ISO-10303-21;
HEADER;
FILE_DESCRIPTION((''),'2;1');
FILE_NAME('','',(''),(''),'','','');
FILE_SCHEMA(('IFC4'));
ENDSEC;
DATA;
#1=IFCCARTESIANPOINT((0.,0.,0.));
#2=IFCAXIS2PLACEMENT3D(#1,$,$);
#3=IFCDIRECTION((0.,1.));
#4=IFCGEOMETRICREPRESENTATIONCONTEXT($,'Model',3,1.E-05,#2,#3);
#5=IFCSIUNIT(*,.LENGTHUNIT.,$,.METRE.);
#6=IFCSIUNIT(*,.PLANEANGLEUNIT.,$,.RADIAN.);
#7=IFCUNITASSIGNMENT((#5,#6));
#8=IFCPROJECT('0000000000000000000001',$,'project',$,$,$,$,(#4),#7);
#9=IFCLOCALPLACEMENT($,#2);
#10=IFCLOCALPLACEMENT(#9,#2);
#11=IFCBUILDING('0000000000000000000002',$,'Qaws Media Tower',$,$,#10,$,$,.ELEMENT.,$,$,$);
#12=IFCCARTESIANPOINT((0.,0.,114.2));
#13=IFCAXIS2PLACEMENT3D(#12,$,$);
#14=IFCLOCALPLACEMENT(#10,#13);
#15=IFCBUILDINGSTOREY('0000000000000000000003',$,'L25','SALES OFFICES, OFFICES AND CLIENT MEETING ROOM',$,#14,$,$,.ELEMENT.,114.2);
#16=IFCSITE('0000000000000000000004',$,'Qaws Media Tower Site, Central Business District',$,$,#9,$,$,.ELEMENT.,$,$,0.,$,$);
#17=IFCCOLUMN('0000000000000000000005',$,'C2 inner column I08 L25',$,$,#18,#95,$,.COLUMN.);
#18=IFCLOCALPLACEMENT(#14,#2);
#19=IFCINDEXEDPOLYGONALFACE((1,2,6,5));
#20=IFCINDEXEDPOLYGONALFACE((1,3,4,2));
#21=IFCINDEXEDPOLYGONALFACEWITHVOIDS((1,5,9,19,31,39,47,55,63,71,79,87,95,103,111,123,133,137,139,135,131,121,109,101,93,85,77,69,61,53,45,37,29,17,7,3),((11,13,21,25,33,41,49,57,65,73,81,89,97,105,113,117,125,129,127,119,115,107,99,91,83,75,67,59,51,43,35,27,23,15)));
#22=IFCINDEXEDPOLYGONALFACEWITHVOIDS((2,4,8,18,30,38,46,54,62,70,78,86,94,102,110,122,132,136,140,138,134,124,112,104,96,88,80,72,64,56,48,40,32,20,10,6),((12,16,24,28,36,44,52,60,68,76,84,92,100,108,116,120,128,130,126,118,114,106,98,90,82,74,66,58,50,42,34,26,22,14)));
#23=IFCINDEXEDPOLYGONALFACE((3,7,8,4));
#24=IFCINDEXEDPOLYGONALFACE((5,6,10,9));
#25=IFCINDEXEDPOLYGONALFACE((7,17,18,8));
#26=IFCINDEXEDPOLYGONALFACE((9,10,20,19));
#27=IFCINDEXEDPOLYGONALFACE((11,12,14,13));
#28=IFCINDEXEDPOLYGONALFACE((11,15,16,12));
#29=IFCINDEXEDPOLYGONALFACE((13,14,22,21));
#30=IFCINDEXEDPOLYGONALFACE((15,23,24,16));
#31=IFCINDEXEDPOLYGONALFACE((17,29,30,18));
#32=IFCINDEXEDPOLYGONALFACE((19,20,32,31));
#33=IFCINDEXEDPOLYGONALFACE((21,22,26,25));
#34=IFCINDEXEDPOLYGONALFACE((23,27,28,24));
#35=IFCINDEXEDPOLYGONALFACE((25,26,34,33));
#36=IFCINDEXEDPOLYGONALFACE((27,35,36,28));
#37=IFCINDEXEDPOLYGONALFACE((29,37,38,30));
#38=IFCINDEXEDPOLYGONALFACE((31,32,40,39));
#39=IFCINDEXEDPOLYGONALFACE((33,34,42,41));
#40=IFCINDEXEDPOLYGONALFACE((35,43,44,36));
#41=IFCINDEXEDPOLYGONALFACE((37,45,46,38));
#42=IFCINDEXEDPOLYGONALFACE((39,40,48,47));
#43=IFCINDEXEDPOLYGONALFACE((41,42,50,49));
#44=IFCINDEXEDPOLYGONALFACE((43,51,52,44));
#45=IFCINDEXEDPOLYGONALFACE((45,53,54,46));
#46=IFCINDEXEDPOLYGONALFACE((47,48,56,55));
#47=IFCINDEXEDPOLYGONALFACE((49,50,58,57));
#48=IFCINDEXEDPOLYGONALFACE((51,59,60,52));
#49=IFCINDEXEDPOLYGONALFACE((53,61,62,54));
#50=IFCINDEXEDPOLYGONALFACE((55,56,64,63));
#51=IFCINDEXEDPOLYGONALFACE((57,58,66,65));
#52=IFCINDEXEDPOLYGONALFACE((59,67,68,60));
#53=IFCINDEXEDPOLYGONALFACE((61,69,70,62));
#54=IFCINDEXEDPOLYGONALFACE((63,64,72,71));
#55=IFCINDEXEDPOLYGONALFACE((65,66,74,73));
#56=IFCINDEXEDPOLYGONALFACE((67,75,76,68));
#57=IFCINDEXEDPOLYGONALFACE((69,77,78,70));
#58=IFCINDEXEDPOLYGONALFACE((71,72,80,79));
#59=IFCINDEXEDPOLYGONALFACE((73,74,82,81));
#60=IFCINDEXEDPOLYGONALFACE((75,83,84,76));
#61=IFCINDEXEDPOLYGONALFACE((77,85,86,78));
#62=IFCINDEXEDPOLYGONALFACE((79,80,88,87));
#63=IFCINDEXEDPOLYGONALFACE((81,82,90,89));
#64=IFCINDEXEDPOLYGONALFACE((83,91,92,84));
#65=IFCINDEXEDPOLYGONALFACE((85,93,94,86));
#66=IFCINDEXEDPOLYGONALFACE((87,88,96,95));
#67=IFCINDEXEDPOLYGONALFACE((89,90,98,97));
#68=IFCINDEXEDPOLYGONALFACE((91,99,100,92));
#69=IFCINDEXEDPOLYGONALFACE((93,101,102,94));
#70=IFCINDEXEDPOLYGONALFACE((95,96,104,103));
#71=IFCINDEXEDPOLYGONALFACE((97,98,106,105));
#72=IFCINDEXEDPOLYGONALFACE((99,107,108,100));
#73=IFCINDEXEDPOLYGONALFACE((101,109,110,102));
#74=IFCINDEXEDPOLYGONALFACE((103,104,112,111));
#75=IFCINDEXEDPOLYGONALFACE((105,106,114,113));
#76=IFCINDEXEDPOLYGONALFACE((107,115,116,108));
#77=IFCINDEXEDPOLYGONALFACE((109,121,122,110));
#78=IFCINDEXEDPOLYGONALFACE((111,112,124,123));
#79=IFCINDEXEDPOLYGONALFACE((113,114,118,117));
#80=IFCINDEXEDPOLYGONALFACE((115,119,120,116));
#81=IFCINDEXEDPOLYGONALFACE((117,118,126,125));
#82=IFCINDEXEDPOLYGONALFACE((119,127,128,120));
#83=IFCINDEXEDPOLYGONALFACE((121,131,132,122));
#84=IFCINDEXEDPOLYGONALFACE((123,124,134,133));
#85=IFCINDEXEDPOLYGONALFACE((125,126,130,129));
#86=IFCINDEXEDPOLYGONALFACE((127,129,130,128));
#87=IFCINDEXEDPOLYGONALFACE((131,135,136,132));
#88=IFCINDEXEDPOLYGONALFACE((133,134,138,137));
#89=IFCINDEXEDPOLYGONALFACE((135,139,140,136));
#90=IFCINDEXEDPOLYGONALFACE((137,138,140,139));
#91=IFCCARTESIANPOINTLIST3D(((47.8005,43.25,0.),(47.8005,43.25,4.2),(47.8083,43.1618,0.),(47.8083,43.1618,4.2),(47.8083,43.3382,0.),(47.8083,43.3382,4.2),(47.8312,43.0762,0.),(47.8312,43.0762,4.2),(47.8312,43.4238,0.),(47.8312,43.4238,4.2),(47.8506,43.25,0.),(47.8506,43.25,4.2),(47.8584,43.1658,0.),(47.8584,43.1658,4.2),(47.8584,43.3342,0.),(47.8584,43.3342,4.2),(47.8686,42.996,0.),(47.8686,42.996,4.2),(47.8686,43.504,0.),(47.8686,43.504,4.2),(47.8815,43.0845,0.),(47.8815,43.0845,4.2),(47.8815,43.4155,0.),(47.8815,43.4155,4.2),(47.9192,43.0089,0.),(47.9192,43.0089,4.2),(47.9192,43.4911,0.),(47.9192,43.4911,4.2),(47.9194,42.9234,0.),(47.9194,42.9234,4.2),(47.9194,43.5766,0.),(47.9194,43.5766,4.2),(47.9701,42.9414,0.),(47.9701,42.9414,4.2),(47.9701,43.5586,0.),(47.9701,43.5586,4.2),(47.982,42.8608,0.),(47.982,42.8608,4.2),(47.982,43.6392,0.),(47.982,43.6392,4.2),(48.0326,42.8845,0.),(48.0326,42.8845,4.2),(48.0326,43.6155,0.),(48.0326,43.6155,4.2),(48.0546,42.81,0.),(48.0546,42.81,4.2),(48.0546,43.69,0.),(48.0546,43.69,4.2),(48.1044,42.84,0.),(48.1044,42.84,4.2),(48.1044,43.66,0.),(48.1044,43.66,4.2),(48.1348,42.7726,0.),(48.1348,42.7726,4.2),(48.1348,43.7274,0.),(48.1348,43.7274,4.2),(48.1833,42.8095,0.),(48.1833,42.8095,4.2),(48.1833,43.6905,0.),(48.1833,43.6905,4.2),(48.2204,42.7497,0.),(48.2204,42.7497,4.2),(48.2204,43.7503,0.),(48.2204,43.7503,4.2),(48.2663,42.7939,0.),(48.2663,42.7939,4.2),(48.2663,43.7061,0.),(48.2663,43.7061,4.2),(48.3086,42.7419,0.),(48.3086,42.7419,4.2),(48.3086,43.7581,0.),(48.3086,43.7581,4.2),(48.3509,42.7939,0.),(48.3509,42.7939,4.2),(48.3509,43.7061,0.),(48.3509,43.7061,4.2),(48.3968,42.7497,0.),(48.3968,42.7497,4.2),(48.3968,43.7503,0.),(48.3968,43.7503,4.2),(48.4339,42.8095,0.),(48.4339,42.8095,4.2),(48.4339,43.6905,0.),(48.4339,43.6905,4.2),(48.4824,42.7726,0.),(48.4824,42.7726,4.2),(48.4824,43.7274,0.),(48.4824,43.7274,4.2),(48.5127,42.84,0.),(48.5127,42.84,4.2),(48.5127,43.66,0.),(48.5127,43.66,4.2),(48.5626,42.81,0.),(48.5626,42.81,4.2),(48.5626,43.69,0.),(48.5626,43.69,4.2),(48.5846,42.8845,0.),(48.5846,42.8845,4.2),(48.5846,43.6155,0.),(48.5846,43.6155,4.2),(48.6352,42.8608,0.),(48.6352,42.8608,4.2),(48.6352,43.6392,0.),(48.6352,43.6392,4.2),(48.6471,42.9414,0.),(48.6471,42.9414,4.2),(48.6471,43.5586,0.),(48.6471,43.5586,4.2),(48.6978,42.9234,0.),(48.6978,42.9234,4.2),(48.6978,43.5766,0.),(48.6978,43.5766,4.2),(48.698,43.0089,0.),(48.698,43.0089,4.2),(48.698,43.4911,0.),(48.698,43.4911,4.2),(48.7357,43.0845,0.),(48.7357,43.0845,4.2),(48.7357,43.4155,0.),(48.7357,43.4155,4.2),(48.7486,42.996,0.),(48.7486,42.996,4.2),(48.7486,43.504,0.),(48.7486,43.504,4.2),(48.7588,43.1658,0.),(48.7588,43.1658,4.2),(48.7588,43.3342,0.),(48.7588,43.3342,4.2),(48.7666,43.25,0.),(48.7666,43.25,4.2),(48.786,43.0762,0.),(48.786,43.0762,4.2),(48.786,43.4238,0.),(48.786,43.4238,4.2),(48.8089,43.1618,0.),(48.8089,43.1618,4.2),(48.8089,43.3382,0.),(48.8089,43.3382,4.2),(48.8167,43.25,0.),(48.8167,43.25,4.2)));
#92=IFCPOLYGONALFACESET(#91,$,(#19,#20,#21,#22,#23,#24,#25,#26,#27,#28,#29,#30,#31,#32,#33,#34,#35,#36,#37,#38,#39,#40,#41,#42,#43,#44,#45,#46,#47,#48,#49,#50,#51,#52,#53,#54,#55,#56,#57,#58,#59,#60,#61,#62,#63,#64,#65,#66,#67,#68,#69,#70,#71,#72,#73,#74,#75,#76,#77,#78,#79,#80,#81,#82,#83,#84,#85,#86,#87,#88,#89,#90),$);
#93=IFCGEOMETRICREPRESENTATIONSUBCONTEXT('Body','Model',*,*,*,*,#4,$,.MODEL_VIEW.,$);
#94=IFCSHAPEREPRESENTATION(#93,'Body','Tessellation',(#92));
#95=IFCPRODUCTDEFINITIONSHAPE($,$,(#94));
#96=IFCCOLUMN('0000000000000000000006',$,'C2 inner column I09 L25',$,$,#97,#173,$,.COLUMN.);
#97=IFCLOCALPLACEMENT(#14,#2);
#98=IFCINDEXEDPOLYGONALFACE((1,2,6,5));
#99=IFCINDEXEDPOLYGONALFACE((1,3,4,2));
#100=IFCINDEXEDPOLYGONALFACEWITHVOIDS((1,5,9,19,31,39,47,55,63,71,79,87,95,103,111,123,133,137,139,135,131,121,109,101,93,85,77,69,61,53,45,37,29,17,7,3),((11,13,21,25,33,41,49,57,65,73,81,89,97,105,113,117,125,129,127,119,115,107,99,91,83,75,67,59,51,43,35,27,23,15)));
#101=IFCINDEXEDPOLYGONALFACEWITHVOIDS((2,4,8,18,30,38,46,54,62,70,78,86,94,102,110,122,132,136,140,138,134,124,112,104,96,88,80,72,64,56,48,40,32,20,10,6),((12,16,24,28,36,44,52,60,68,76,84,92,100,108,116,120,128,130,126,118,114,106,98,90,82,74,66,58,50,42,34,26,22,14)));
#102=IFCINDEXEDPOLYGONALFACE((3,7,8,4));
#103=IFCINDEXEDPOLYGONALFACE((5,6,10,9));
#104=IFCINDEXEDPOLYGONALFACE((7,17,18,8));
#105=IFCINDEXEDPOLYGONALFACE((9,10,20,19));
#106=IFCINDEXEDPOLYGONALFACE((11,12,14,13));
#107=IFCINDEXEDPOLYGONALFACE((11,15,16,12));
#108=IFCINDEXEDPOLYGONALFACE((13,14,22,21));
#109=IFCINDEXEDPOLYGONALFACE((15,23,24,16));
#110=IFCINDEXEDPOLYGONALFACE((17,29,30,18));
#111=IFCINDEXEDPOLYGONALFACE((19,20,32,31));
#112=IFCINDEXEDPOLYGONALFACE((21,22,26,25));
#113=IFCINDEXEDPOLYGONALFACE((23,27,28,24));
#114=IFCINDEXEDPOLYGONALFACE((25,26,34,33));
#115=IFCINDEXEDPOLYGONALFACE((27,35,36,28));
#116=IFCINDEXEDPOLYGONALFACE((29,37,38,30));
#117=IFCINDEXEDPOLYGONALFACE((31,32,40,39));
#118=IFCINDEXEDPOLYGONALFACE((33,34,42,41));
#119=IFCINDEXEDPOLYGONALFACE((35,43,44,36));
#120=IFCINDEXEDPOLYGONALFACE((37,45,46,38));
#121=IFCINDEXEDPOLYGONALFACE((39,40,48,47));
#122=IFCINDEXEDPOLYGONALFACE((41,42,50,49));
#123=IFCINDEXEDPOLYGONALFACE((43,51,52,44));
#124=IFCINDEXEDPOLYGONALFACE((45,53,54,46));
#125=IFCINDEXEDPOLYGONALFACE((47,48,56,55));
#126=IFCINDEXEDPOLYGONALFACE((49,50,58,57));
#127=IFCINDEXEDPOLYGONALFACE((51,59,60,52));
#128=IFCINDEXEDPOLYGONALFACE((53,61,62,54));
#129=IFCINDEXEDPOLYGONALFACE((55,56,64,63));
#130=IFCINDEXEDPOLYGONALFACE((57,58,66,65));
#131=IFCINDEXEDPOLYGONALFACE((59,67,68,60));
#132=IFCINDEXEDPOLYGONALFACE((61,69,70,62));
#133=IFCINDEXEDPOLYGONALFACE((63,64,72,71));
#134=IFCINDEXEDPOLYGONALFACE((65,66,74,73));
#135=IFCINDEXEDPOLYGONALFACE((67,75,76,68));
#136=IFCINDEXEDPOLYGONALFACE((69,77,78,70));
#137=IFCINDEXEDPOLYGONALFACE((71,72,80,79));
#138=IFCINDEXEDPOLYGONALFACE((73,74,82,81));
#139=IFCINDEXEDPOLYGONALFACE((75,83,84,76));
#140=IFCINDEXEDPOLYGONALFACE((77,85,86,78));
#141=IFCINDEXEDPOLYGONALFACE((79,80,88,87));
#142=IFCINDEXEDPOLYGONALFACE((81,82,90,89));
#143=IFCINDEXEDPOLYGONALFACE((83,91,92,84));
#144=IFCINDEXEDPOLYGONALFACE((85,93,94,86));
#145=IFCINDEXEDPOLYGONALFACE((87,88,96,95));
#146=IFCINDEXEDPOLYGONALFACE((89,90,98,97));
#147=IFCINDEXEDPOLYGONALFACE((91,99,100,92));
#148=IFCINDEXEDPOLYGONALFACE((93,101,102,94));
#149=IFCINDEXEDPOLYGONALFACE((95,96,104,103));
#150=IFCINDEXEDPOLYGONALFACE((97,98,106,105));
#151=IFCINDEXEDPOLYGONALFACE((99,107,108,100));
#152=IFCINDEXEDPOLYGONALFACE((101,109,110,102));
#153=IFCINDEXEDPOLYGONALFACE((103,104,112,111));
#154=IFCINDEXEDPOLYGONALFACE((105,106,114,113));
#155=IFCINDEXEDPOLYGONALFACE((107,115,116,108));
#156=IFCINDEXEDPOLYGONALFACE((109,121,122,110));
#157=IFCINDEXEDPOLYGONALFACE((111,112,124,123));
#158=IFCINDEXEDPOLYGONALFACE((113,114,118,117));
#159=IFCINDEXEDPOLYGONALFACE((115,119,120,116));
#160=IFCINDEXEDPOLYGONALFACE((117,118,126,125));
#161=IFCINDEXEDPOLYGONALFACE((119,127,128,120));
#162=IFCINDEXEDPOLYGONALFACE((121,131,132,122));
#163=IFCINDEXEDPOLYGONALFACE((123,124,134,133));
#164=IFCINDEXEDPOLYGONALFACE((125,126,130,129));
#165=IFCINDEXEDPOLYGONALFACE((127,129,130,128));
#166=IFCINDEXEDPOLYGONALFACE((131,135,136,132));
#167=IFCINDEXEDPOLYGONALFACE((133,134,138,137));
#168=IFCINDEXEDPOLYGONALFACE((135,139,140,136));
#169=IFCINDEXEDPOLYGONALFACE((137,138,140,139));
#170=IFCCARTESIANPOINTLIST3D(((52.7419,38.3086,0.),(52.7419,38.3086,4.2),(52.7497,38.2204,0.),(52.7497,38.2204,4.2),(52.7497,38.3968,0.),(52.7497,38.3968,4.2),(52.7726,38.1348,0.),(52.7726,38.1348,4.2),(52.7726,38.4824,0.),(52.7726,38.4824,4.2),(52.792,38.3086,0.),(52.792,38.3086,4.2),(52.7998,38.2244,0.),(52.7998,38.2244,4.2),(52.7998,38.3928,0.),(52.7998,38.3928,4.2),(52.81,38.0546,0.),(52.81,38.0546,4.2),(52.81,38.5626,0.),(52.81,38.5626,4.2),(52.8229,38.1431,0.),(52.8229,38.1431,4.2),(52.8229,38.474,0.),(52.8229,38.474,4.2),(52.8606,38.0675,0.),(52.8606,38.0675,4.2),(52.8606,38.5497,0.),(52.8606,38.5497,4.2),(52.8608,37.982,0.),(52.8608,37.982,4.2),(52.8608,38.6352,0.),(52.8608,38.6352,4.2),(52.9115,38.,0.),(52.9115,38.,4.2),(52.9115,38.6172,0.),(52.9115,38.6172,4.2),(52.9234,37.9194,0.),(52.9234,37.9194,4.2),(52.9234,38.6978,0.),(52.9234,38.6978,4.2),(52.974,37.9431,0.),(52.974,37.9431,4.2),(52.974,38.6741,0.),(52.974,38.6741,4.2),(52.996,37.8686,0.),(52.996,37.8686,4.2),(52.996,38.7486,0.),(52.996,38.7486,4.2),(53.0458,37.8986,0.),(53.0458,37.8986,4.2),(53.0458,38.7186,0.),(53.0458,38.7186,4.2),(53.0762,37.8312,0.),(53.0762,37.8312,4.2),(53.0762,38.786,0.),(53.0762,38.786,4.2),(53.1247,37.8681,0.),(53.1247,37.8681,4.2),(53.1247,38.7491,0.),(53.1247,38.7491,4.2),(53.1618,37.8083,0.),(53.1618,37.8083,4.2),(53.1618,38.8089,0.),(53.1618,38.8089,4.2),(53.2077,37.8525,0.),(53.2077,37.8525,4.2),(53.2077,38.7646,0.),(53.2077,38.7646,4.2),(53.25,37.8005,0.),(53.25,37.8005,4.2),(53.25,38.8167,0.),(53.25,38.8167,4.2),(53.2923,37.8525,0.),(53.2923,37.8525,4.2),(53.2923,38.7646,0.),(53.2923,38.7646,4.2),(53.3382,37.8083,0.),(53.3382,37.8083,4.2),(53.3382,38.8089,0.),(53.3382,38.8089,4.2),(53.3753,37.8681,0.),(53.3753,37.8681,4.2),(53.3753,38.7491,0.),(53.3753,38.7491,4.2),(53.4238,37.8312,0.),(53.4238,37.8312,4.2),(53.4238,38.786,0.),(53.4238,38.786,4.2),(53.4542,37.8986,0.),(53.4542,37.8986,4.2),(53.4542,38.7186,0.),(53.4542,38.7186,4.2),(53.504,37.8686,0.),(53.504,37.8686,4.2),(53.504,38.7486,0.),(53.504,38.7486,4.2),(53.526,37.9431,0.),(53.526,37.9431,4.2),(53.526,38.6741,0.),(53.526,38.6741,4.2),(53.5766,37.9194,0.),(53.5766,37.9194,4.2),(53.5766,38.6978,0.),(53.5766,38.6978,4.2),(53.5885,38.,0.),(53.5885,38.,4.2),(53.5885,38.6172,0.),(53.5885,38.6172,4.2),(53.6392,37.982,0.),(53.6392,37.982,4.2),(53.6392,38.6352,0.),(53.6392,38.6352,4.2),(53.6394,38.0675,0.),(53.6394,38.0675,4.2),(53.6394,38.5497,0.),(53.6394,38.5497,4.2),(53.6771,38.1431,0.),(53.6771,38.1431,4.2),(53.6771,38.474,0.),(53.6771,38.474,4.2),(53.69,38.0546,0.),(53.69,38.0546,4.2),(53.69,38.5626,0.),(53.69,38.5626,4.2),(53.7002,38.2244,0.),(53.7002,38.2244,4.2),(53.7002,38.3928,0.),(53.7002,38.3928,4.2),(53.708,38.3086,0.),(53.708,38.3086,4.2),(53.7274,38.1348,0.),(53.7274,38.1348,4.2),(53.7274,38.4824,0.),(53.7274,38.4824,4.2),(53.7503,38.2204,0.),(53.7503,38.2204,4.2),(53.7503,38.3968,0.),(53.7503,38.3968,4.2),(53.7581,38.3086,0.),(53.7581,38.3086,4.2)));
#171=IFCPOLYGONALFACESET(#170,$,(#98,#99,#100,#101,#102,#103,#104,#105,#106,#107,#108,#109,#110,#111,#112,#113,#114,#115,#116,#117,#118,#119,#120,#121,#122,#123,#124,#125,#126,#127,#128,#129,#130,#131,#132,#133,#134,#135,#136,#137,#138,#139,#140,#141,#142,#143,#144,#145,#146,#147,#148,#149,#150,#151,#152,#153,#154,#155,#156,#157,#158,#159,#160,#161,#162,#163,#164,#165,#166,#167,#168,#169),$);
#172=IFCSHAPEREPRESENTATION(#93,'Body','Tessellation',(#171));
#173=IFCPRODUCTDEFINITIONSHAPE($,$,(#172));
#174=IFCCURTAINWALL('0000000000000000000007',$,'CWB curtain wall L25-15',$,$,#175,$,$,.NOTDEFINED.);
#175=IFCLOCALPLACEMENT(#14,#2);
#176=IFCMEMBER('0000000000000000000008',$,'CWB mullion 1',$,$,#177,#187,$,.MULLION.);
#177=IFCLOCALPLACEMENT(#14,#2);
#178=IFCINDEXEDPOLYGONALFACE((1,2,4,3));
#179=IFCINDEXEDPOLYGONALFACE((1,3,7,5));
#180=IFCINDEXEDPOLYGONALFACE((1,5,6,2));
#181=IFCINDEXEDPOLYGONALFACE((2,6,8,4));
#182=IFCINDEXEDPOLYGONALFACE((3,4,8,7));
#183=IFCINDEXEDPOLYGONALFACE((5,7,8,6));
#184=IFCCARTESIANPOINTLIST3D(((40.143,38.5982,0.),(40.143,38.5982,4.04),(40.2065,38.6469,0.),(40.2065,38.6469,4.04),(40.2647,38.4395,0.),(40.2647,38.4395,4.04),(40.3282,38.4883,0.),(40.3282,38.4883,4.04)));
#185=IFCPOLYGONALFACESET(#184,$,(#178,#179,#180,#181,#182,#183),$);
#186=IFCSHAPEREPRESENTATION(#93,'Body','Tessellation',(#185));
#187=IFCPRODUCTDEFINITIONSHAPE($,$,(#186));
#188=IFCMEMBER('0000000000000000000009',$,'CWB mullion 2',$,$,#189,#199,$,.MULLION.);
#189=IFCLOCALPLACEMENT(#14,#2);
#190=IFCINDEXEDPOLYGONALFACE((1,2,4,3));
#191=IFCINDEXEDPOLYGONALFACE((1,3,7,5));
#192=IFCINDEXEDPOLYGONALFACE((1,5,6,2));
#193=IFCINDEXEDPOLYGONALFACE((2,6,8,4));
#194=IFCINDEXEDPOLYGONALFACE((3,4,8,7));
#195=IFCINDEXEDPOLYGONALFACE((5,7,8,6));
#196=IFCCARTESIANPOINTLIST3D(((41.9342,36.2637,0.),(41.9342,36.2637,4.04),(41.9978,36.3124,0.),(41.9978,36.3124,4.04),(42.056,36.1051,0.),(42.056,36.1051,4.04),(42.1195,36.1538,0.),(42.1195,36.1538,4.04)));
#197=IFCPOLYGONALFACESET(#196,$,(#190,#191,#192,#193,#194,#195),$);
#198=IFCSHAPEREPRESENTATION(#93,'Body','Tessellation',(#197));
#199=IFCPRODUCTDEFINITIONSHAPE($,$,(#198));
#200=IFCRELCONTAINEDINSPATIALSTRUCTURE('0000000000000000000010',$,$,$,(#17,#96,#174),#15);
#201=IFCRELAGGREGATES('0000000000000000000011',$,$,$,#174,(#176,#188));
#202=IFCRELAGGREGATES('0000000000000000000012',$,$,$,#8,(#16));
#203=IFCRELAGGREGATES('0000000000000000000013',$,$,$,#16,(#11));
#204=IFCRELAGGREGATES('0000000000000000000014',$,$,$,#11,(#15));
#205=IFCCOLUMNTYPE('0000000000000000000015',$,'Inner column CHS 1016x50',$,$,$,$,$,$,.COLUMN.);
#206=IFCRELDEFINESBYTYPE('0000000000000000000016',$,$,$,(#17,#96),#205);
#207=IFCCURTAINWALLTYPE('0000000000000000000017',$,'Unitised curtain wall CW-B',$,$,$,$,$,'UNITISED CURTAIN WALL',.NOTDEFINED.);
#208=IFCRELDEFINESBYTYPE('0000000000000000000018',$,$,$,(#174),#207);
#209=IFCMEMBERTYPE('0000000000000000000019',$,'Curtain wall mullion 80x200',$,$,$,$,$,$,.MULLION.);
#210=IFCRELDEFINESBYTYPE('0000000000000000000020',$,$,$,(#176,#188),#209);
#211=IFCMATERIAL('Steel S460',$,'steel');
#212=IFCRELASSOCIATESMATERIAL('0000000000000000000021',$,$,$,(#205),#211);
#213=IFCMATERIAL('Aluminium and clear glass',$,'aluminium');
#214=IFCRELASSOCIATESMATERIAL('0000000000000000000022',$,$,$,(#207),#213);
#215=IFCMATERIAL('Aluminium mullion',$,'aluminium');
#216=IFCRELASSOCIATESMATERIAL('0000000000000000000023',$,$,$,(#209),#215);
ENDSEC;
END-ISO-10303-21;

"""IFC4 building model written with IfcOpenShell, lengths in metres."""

from ifc_helpers import new_model, si_unit, direction, frame, origin, origin_2d, place, context, subcontext, project, spatial, rectangle, hollow_circle, extrude, material, material_profile, profile_set, type_object, element, aggregate, save


model = new_model("IFC4")

# Units and contexts
model_context = context("Model", 3, precision=1e-05, world=origin(), true_north=direction((0.0, 1.0)))
body_context = subcontext(model_context, "Body", "Model", "MODEL_VIEW")
ifc_project = project(units=[si_unit("LENGTHUNIT", "METRE"), si_unit("PLANEANGLEUNIT", "RADIAN")], contexts=[model_context])

# Site, building, storey
site_placement = place(None, origin())
site = spatial("IfcSite", under=ifc_project, at=site_placement, Name="Qaws Media Tower Site, Central Business District", CompositionType="ELEMENT", RefElevation=0.0)
building_placement = place(site_placement, origin())
building = spatial("IfcBuilding", under=site, at=building_placement, Name="Qaws Media Tower", CompositionType="ELEMENT")
storey_placement = place(building_placement, frame((0.0, 0.0, 114.2)))
storey = spatial("IfcBuildingStorey", under=building, at=storey_placement, Name="L25", Description="SALES OFFICES, OFFICES AND CLIENT MEETING ROOM", CompositionType="ELEMENT", Elevation=114.2)

# Columns
ifc_material_1 = material(Name="Steel S460", Category="steel")
ifc_material_profile_1 = material_profile(ifc_material_1, hollow_circle(Radius=0.5081, WallThickness=0.05, at=origin_2d()), Name="CHS 1016x50")
ifc_profile_set_1 = profile_set([ifc_material_profile_1], Name="Steel S460")
column_type = type_object("IfcColumnType", Name="Inner column CHS 1016x50", PredefinedType="COLUMN", material=ifc_profile_set_1)
for number, where, z_axis, x_axis, name in (
    (1, (48.3086, 43.25, 0.0), (0.0, 0.0, 1.0), (1.0, 0.0, 0.0), "C2 inner column I08 L25"),
    (2, (53.25, 38.3086, 0.0), (0.0, 0.0, 1.0), (1.0, 0.0, 0.0), "C2 inner column I09 L25"),
):
    element("IfcColumn", number, at=place(storey_placement, frame(where, z_axis=z_axis, x_axis=x_axis)), inside=storey, type_object=column_type, Name=name, PredefinedType="COLUMN", context=body_context, shape_type="SweptSolid", body=[
        extrude(hollow_circle(Radius=0.5081, WallThickness=0.05, at=origin_2d()), origin(), (0.0, 0.0, 1.0), 4.2),
    ])

# Curtain wall, members
ifc_material_2 = material(Name="Aluminium and clear glass", Category="aluminium")
curtain_wall_type = type_object("IfcCurtainWallType", Name="Unitised curtain wall CW-B", ElementType="UNITISED CURTAIN WALL", PredefinedType="NOTDEFINED", material=ifc_material_2)
curtain_wall_1_placement = place(storey_placement, origin())
curtain_wall_1 = element("IfcCurtainWall", 3, at=curtain_wall_1_placement, inside=storey, type_object=curtain_wall_type, Name="CWB curtain wall L25-15", PredefinedType="NOTDEFINED")
ifc_material_3 = material(Name="Aluminium mullion", Category="aluminium")
ifc_material_profile_2 = material_profile(ifc_material_3, rectangle(XDim=0.0801, YDim=0.2, at=origin_2d()), Name="80x200")
ifc_profile_set_2 = profile_set([ifc_material_profile_2], Name="Aluminium mullion")
member_type_1 = type_object("IfcMemberType", Name="Curtain wall mullion 80x200", PredefinedType="MULLION", material=ifc_profile_set_2)
member_1_placement = place(storey_placement, frame((40.2356, 38.5432, 0.0), z_axis=(0.0, 0.0, 1.0), x_axis=(0.793353, 0.608761, 0.0)))
member_1 = element("IfcMember", 4, at=member_1_placement, type_object=member_type_1, Name="CWB mullion 1", PredefinedType="MULLION", context=body_context, shape_type="SweptSolid", body=[
    extrude(rectangle(XDim=0.0801, YDim=0.2, at=origin_2d()), origin(), (0.0, 0.0, 1.0), 4.04),
])
member_2_placement = place(storey_placement, frame((42.0269, 36.2087, 0.0), z_axis=(0.0, 0.0, 1.0), x_axis=(0.793353, 0.608761, 0.0)))
member_2 = element("IfcMember", 5, at=member_2_placement, type_object=member_type_1, Name="CWB mullion 2", PredefinedType="MULLION", context=body_context, shape_type="SweptSolid", body=[
    extrude(rectangle(XDim=0.0801, YDim=0.2, at=origin_2d()), origin(), (0.0, 0.0, 1.0), 4.04),
])

aggregate(curtain_wall_1, [member_1, member_2])

save(model, "model.ifc")
